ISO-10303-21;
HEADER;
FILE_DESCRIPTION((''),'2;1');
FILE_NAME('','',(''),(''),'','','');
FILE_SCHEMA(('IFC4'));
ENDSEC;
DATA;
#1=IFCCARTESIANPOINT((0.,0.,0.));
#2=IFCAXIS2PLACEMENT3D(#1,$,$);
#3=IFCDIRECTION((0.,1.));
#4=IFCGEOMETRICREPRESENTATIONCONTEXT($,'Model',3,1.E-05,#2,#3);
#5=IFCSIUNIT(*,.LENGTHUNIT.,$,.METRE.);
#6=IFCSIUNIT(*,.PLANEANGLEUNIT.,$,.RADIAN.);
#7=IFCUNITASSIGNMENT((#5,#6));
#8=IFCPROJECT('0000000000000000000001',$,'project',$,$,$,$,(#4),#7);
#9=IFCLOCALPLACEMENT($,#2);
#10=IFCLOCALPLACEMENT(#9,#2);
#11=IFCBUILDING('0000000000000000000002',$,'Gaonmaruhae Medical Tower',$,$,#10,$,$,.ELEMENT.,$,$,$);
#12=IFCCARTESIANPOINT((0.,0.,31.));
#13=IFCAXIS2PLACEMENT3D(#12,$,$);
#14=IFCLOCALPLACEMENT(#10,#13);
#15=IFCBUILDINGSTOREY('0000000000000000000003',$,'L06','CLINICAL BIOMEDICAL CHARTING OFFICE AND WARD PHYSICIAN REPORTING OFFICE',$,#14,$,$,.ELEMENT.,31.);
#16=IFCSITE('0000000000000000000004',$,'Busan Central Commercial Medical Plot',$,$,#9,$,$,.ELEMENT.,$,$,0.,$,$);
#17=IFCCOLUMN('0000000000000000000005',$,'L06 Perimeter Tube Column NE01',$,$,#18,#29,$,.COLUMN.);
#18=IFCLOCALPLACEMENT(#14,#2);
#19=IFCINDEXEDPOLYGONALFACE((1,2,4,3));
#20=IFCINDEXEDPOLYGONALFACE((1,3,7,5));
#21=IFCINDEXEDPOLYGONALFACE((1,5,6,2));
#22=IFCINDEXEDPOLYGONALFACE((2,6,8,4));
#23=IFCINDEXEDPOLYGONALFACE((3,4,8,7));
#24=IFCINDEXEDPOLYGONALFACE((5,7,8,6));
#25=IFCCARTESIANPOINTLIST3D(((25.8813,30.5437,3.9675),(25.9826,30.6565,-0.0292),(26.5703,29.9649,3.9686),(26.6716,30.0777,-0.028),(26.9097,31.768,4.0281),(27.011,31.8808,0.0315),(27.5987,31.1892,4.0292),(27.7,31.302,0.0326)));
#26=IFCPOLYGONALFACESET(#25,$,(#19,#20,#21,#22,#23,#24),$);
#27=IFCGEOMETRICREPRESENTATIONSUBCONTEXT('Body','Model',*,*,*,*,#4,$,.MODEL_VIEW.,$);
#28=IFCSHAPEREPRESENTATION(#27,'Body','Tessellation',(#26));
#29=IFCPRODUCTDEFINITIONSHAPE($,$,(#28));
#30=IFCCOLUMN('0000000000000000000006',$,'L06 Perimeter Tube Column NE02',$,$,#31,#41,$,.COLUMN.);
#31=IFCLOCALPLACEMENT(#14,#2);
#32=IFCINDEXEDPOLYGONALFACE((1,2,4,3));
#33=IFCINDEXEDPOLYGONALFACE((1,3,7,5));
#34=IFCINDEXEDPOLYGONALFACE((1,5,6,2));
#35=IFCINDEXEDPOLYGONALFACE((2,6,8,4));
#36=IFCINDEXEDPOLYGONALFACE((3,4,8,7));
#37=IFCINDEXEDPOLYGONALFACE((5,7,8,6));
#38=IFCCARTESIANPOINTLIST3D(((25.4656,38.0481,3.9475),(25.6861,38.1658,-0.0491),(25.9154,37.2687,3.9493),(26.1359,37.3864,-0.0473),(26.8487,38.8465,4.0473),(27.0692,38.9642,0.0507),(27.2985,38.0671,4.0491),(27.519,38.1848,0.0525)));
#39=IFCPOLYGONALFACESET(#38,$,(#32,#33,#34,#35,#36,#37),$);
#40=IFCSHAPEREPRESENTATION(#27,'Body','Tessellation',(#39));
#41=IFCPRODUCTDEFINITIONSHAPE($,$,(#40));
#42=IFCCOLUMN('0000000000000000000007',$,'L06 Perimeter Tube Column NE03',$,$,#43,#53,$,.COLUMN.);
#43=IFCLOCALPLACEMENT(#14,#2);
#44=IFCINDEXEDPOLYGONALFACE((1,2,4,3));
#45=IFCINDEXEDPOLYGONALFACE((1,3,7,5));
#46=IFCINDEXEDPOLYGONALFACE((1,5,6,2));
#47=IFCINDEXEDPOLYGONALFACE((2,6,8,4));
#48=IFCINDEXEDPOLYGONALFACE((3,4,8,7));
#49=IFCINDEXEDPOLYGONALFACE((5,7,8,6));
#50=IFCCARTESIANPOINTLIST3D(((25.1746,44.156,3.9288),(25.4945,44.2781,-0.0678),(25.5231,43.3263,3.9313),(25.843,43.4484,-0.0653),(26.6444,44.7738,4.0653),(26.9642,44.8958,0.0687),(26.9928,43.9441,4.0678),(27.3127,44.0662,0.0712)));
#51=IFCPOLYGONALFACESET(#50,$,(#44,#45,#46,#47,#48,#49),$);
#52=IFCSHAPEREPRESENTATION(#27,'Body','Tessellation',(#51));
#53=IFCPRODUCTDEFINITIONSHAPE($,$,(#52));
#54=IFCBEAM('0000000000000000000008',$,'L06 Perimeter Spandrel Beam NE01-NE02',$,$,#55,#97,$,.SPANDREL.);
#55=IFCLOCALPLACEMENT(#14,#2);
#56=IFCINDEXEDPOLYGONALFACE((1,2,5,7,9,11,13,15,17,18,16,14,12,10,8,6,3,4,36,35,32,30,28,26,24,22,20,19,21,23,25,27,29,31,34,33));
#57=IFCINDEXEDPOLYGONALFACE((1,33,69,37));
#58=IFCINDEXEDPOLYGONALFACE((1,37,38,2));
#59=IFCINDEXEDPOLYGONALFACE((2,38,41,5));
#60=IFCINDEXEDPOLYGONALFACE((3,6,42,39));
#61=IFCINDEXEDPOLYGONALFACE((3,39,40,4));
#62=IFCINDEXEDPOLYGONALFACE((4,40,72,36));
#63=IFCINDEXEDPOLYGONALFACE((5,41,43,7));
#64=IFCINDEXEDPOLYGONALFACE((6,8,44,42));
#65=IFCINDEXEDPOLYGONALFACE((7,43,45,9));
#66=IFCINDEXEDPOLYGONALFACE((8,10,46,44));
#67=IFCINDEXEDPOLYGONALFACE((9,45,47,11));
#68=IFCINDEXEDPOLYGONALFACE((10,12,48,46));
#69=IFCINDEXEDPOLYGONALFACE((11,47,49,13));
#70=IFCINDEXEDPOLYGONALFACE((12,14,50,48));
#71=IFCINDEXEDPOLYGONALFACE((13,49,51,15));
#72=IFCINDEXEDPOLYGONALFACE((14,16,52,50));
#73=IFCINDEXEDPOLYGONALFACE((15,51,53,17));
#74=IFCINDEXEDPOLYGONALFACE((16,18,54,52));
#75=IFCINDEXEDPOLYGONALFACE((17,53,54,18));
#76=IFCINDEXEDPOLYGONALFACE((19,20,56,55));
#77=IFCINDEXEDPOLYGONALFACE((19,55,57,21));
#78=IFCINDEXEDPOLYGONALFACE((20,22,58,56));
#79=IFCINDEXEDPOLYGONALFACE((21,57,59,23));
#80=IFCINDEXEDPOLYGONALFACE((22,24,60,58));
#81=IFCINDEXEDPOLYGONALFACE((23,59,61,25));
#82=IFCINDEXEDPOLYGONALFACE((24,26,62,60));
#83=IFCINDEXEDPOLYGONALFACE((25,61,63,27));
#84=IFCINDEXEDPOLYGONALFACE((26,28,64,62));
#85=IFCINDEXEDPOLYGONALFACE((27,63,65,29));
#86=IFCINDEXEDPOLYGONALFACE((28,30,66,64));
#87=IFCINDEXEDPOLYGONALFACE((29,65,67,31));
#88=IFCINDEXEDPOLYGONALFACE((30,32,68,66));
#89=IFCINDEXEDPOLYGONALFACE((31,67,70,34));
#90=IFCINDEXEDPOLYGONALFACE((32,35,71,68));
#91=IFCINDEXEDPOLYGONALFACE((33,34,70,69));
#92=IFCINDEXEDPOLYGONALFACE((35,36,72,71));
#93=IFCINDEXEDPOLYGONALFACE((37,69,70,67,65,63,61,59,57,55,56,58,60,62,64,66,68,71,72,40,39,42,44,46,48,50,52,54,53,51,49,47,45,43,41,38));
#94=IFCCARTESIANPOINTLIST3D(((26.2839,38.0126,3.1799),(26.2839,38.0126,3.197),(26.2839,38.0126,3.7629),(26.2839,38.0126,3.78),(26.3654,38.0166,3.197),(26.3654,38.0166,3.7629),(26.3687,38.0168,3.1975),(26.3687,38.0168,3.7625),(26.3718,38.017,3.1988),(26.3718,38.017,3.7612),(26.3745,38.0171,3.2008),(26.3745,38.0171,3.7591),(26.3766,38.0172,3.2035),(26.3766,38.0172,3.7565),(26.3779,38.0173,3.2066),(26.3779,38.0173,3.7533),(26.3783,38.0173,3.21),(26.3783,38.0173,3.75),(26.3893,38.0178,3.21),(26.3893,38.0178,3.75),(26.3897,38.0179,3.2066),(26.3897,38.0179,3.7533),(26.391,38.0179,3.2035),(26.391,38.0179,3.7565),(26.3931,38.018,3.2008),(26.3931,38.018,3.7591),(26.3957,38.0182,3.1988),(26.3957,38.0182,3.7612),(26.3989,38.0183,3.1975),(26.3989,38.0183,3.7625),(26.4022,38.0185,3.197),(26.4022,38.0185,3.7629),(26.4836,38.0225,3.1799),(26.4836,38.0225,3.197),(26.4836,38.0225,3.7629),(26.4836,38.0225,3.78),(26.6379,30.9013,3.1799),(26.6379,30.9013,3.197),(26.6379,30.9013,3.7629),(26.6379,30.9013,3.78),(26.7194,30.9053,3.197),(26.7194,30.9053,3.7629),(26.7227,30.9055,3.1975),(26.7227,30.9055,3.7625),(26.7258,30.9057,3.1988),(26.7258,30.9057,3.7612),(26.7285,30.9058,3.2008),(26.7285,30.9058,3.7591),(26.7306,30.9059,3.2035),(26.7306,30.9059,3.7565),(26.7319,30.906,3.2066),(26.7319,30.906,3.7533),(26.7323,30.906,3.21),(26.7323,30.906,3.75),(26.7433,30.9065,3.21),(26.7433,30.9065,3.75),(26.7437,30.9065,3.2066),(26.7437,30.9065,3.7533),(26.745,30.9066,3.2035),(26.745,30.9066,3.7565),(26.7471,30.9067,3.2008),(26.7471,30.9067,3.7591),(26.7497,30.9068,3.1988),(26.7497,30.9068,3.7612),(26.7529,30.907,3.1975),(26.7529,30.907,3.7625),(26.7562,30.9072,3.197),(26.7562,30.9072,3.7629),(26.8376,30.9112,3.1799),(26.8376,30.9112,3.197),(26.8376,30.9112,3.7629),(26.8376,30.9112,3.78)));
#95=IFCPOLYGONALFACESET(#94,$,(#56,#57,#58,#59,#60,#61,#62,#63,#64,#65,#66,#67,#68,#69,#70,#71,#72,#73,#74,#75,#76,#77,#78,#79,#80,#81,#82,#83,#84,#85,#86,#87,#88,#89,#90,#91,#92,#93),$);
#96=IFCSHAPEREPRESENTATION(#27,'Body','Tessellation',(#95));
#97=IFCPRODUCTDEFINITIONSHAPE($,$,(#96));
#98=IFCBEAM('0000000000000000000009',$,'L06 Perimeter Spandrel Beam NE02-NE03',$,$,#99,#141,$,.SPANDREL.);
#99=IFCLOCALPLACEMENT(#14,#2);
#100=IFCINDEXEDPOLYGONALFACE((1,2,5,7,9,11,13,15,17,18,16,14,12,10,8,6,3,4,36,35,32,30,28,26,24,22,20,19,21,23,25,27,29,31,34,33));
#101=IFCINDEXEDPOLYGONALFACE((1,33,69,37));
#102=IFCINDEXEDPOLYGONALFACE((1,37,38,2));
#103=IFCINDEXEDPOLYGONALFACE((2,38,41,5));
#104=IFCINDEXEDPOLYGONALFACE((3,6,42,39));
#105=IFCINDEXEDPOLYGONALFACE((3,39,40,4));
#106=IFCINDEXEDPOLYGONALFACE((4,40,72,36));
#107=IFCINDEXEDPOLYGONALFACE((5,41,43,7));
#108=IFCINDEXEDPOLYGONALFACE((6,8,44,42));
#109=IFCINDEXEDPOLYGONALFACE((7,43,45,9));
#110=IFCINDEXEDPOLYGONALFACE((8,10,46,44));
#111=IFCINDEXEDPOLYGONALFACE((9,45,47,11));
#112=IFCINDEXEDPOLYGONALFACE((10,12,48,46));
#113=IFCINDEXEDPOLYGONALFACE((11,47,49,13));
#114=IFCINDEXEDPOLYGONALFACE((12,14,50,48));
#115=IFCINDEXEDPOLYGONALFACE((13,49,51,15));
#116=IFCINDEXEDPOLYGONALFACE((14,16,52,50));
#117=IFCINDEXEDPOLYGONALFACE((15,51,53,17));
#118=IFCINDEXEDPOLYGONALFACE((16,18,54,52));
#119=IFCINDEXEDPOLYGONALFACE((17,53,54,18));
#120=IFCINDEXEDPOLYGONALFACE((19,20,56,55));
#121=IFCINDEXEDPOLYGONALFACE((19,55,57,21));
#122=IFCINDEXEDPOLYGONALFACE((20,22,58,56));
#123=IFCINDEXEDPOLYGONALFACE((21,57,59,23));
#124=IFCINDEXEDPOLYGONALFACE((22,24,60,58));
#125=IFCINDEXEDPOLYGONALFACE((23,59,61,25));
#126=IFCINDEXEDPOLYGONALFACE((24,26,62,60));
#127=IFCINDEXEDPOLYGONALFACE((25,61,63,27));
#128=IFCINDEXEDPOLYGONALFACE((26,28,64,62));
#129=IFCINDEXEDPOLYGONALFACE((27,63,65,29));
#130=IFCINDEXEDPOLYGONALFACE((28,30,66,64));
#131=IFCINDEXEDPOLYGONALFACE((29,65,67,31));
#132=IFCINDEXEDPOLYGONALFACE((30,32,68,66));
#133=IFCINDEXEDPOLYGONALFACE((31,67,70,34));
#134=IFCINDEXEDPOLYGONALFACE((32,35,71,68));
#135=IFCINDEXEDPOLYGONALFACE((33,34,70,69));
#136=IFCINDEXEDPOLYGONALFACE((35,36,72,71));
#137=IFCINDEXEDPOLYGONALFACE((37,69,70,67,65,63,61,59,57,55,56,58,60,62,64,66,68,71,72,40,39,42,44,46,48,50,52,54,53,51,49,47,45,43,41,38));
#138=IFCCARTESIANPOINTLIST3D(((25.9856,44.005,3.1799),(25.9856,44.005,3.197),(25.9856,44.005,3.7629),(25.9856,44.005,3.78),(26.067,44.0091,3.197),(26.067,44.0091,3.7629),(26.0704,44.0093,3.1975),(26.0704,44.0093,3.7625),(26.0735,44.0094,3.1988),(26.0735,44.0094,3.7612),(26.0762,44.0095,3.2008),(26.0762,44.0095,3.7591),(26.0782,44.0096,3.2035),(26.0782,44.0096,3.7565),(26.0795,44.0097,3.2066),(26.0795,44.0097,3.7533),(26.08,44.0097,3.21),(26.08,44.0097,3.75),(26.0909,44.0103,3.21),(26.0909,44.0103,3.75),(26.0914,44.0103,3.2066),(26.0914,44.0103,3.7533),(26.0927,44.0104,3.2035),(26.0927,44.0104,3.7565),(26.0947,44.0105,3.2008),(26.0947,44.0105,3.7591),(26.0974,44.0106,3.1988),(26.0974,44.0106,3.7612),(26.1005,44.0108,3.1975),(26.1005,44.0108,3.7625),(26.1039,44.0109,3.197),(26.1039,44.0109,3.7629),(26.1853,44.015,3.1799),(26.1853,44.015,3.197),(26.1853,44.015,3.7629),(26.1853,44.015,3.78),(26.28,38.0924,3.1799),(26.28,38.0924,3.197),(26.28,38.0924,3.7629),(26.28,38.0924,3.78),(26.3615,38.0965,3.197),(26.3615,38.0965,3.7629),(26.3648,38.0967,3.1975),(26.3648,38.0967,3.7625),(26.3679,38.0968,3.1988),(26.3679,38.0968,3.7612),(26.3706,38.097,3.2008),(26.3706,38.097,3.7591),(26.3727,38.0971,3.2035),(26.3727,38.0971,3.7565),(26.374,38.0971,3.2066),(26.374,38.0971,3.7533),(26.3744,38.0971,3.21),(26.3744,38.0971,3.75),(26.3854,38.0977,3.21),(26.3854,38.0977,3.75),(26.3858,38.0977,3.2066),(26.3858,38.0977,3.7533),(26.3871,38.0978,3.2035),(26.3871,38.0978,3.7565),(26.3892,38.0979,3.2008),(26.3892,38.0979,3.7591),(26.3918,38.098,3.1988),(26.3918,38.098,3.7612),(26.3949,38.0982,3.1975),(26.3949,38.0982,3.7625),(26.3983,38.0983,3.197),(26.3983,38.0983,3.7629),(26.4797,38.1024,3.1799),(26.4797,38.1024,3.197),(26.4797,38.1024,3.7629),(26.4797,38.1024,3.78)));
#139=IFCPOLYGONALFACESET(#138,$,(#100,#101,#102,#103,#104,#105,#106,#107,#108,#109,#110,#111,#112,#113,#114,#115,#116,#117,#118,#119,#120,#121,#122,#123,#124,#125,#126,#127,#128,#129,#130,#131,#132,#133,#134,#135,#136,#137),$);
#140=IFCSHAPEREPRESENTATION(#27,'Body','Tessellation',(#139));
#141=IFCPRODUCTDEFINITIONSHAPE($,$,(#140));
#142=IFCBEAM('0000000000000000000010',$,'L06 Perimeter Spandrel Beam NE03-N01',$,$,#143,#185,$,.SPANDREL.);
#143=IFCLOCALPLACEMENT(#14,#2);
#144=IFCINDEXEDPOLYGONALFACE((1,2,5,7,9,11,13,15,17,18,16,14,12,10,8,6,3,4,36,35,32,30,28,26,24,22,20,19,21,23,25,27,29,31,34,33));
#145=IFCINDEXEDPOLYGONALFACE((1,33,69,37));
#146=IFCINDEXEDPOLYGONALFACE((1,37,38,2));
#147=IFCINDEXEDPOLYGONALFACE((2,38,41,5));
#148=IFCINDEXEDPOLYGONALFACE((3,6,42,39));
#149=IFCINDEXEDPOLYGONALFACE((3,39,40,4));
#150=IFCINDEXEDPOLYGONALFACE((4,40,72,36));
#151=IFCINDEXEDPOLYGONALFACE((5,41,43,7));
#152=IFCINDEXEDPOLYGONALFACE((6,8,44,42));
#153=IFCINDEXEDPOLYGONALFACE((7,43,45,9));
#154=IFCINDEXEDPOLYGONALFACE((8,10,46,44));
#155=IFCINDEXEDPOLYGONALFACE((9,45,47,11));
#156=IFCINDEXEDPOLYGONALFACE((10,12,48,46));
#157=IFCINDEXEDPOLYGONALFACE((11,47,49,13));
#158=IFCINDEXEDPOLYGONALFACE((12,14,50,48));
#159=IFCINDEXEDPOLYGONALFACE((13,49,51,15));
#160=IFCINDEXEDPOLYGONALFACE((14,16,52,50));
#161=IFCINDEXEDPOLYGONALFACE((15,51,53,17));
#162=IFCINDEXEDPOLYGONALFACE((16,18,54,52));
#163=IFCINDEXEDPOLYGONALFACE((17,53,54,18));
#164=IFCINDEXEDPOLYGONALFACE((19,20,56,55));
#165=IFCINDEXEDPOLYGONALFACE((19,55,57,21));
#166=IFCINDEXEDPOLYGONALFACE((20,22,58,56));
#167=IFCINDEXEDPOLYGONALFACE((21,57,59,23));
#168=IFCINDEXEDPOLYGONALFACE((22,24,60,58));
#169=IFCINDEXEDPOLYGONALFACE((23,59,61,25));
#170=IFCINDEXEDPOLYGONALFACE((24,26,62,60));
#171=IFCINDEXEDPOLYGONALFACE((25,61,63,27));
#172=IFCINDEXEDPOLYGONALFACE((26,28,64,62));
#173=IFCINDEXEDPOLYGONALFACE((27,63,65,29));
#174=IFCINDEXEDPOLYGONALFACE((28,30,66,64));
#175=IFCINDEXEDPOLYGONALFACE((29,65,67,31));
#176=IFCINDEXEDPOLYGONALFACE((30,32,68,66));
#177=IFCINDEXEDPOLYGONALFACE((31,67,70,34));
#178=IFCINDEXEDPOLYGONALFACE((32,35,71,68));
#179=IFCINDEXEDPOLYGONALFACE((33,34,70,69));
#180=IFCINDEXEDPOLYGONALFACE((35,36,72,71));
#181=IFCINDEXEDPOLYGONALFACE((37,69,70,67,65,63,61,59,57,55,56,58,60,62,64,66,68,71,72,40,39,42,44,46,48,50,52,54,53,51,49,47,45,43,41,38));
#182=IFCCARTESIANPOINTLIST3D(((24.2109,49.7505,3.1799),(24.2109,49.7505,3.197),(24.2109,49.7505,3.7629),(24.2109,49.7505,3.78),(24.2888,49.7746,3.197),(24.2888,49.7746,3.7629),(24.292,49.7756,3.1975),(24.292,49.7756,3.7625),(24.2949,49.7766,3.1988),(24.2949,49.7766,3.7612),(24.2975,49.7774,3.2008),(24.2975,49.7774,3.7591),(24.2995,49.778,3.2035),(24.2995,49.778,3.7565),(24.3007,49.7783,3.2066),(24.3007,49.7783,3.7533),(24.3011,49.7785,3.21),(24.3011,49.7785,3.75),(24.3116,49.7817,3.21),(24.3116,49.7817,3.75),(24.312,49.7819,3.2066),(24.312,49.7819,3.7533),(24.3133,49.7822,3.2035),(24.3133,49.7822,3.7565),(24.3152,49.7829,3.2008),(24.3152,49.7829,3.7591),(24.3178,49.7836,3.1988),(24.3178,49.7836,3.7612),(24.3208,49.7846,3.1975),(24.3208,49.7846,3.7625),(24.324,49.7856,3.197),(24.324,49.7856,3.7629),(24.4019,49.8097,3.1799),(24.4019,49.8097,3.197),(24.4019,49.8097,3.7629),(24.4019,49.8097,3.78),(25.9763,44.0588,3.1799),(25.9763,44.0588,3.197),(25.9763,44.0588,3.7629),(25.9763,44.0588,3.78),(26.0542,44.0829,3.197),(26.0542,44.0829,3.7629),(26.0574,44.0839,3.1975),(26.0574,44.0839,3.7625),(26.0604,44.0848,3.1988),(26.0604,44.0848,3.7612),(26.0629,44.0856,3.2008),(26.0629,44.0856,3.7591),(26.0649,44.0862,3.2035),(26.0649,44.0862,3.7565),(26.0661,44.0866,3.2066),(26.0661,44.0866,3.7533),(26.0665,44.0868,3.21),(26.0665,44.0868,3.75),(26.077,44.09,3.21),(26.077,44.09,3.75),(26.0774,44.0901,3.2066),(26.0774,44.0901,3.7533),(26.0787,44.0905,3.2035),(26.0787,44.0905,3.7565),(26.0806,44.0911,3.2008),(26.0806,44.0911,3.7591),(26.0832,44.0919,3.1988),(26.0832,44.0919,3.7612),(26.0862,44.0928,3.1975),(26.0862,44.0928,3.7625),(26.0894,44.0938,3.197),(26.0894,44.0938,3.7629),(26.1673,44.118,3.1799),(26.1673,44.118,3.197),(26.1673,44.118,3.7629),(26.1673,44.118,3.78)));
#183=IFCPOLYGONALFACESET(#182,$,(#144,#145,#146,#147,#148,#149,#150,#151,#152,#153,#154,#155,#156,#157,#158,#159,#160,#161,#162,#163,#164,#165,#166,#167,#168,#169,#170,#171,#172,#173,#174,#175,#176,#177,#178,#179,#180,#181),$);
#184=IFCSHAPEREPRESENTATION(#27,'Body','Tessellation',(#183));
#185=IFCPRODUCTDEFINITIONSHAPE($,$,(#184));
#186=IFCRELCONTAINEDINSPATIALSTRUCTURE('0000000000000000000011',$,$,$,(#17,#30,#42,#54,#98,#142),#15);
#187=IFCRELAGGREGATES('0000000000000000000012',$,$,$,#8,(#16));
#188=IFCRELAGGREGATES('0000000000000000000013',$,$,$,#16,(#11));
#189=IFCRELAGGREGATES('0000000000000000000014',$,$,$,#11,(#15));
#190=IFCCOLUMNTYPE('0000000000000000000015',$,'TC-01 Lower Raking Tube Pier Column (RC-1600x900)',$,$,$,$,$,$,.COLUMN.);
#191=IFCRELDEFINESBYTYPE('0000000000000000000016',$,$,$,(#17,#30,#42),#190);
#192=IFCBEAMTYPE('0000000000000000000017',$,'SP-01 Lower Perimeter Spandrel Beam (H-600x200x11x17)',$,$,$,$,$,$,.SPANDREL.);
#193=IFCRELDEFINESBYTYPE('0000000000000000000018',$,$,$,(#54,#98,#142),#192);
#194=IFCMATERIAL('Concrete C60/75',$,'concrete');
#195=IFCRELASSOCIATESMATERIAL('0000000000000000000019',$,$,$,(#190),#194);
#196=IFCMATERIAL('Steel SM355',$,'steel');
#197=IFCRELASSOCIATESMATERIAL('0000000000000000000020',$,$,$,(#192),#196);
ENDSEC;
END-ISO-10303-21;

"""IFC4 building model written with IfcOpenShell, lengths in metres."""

from ifc_helpers import new_model, si_unit, direction, frame, origin, origin_2d, place, context, subcontext, project, spatial, rectangle, i_section, extrude, material, material_profile, profile_set, type_object, element, save


model = new_model("IFC4")

# Units and contexts
model_context = context("Model", 3, precision=1e-05, world=origin(), true_north=direction((0.0, 1.0)))
body_context = subcontext(model_context, "Body", "Model", "MODEL_VIEW")
ifc_project = project(units=[si_unit("LENGTHUNIT", "METRE"), si_unit("PLANEANGLEUNIT", "RADIAN")], contexts=[model_context])

# Site, building, storey
site_placement = place(None, origin())
site = spatial("IfcSite", under=ifc_project, at=site_placement, Name="Busan Central Commercial Medical Plot", CompositionType="ELEMENT", RefElevation=0.0)
building_placement = place(site_placement, origin())
building = spatial("IfcBuilding", under=site, at=building_placement, Name="Gaonmaruhae Medical Tower", CompositionType="ELEMENT")
storey_placement = place(building_placement, frame((0.0, 0.0, 31.0)))
storey = spatial("IfcBuildingStorey", under=building, at=storey_placement, Name="L06", Description="CLINICAL BIOMEDICAL CHARTING OFFICE AND WARD PHYSICIAN REPORTING OFFICE", CompositionType="ELEMENT", Elevation=31.0)

# Columns
ifc_material_1 = material(Name="Concrete C60/75", Category="concrete")
ifc_material_profile_1 = material_profile(ifc_material_1, rectangle(XDim=1.6001, YDim=0.8999, at=origin_2d()), Name="RC-1600x900")
ifc_profile_set_1 = profile_set([ifc_material_profile_1], Name="Concrete C60/75")
column_type = type_object("IfcColumnType", Name="TC-01 Lower Raking Tube Pier Column (RC-1600x900)", PredefinedType="COLUMN", material=ifc_profile_set_1)
column_1_placement = place(storey_placement, frame((26.8413, 30.9792, 0.0017), z_axis=(-0.025333, -0.028202, 0.999281), x_axis=(0.64274, 0.765147, 0.037889)))
element("IfcColumn", 1, at=column_1_placement, inside=storey, type_object=column_type, Name="L06 Perimeter Tube Column NE01", PredefinedType="COLUMN", context=body_context, shape_type="SweptSolid", body=[
    extrude(rectangle(XDim=1.6001, YDim=0.8999, at=origin_2d()), origin(), (0.0, 0.0, 1.0), 3.9995),
])
column_2_placement = place(storey_placement, frame((26.6025, 38.1753, 0.0017), z_axis=(-0.055054, -0.029387, 0.998051), x_axis=(0.864374, 0.498965, 0.062372)))
element("IfcColumn", 2, at=column_2_placement, inside=storey, type_object=column_type, Name="L06 Perimeter Tube Column NE02", PredefinedType="COLUMN", context=body_context, shape_type="SweptSolid", body=[
    extrude(rectangle(XDim=1.6001, YDim=0.8999, at=origin_2d()), origin(), (0.0, 0.0, 1.0), 4.0044),
])
column_3_placement = place(storey_placement, frame((26.4036, 44.1721, 0.0017), z_axis=(-0.079732, -0.030432, 0.996352), x_axis=(0.918519, 0.386068, 0.085296)))
element("IfcColumn", 3, at=column_3_placement, inside=storey, type_object=column_type, Name="L06 Perimeter Tube Column NE03", PredefinedType="COLUMN", context=body_context, shape_type="SweptSolid", body=[
    extrude(rectangle(XDim=1.6001, YDim=0.8999, at=origin_2d()), origin(), (0.0, 0.0, 1.0), 4.0112),
])

# Beams
ifc_material_2 = material(Name="Steel SM355", Category="steel")
ifc_material_profile_2 = material_profile(ifc_material_2, i_section(OverallWidth=0.2, OverallDepth=0.6001, WebThickness=0.011, FlangeThickness=0.0171, FilletRadius=0.0129, at=origin_2d()), Name="H-600x200x11x17")
ifc_profile_set_2 = profile_set([ifc_material_profile_2], Name="Steel SM355")
beam_type = type_object("IfcBeamType", Name="SP-01 Lower Perimeter Spandrel Beam (H-600x200x11x17)", PredefinedType="SPANDREL", material=ifc_profile_set_2)
beam_1_placement = place(storey_placement, frame((26.7378, 30.9062, 3.48), z_axis=(-0.049719, 0.998763, 0.0), x_axis=(-0.998763, -0.049719, 0.0)))
element("IfcBeam", 4, at=beam_1_placement, inside=storey, type_object=beam_type, Name="L06 Perimeter Spandrel Beam NE01-NE02", PredefinedType="SPANDREL", context=body_context, shape_type="SweptSolid", body=[
    extrude(i_section(OverallWidth=0.2, OverallDepth=0.6001, WebThickness=0.011, FlangeThickness=0.0171, FilletRadius=0.0129, at=origin_2d()), origin(), (0.0, 0.0, 1.0), 7.1201),
])
beam_2_placement = place(storey_placement, frame((26.3799, 38.0974, 3.48), z_axis=(-0.049736, 0.998762, 0.0), x_axis=(-0.998762, -0.049736, 0.0)))
element("IfcBeam", 5, at=beam_2_placement, inside=storey, type_object=beam_type, Name="L06 Perimeter Spandrel Beam NE02-NE03", PredefinedType="SPANDREL", context=body_context, shape_type="SweptSolid", body=[
    extrude(i_section(OverallWidth=0.2, OverallDepth=0.6001, WebThickness=0.011, FlangeThickness=0.0171, FilletRadius=0.0129, at=origin_2d()), origin(), (0.0, 0.0, 1.0), 5.9199),
])
beam_3_placement = place(storey_placement, frame((26.0718, 44.0884, 3.48), z_axis=(-0.296247, 0.955111, 0.0), x_axis=(-0.955111, -0.296247, 0.0)))
element("IfcBeam", 6, at=beam_3_placement, inside=storey, type_object=beam_type, Name="L06 Perimeter Spandrel Beam NE03-N01", PredefinedType="SPANDREL", context=body_context, shape_type="SweptSolid", body=[
    extrude(i_section(OverallWidth=0.2, OverallDepth=0.6001, WebThickness=0.011, FlangeThickness=0.0171, FilletRadius=0.0129, at=origin_2d()), origin(), (0.0, 0.0, 1.0), 5.9592),
])

save(model, "model.ifc")
